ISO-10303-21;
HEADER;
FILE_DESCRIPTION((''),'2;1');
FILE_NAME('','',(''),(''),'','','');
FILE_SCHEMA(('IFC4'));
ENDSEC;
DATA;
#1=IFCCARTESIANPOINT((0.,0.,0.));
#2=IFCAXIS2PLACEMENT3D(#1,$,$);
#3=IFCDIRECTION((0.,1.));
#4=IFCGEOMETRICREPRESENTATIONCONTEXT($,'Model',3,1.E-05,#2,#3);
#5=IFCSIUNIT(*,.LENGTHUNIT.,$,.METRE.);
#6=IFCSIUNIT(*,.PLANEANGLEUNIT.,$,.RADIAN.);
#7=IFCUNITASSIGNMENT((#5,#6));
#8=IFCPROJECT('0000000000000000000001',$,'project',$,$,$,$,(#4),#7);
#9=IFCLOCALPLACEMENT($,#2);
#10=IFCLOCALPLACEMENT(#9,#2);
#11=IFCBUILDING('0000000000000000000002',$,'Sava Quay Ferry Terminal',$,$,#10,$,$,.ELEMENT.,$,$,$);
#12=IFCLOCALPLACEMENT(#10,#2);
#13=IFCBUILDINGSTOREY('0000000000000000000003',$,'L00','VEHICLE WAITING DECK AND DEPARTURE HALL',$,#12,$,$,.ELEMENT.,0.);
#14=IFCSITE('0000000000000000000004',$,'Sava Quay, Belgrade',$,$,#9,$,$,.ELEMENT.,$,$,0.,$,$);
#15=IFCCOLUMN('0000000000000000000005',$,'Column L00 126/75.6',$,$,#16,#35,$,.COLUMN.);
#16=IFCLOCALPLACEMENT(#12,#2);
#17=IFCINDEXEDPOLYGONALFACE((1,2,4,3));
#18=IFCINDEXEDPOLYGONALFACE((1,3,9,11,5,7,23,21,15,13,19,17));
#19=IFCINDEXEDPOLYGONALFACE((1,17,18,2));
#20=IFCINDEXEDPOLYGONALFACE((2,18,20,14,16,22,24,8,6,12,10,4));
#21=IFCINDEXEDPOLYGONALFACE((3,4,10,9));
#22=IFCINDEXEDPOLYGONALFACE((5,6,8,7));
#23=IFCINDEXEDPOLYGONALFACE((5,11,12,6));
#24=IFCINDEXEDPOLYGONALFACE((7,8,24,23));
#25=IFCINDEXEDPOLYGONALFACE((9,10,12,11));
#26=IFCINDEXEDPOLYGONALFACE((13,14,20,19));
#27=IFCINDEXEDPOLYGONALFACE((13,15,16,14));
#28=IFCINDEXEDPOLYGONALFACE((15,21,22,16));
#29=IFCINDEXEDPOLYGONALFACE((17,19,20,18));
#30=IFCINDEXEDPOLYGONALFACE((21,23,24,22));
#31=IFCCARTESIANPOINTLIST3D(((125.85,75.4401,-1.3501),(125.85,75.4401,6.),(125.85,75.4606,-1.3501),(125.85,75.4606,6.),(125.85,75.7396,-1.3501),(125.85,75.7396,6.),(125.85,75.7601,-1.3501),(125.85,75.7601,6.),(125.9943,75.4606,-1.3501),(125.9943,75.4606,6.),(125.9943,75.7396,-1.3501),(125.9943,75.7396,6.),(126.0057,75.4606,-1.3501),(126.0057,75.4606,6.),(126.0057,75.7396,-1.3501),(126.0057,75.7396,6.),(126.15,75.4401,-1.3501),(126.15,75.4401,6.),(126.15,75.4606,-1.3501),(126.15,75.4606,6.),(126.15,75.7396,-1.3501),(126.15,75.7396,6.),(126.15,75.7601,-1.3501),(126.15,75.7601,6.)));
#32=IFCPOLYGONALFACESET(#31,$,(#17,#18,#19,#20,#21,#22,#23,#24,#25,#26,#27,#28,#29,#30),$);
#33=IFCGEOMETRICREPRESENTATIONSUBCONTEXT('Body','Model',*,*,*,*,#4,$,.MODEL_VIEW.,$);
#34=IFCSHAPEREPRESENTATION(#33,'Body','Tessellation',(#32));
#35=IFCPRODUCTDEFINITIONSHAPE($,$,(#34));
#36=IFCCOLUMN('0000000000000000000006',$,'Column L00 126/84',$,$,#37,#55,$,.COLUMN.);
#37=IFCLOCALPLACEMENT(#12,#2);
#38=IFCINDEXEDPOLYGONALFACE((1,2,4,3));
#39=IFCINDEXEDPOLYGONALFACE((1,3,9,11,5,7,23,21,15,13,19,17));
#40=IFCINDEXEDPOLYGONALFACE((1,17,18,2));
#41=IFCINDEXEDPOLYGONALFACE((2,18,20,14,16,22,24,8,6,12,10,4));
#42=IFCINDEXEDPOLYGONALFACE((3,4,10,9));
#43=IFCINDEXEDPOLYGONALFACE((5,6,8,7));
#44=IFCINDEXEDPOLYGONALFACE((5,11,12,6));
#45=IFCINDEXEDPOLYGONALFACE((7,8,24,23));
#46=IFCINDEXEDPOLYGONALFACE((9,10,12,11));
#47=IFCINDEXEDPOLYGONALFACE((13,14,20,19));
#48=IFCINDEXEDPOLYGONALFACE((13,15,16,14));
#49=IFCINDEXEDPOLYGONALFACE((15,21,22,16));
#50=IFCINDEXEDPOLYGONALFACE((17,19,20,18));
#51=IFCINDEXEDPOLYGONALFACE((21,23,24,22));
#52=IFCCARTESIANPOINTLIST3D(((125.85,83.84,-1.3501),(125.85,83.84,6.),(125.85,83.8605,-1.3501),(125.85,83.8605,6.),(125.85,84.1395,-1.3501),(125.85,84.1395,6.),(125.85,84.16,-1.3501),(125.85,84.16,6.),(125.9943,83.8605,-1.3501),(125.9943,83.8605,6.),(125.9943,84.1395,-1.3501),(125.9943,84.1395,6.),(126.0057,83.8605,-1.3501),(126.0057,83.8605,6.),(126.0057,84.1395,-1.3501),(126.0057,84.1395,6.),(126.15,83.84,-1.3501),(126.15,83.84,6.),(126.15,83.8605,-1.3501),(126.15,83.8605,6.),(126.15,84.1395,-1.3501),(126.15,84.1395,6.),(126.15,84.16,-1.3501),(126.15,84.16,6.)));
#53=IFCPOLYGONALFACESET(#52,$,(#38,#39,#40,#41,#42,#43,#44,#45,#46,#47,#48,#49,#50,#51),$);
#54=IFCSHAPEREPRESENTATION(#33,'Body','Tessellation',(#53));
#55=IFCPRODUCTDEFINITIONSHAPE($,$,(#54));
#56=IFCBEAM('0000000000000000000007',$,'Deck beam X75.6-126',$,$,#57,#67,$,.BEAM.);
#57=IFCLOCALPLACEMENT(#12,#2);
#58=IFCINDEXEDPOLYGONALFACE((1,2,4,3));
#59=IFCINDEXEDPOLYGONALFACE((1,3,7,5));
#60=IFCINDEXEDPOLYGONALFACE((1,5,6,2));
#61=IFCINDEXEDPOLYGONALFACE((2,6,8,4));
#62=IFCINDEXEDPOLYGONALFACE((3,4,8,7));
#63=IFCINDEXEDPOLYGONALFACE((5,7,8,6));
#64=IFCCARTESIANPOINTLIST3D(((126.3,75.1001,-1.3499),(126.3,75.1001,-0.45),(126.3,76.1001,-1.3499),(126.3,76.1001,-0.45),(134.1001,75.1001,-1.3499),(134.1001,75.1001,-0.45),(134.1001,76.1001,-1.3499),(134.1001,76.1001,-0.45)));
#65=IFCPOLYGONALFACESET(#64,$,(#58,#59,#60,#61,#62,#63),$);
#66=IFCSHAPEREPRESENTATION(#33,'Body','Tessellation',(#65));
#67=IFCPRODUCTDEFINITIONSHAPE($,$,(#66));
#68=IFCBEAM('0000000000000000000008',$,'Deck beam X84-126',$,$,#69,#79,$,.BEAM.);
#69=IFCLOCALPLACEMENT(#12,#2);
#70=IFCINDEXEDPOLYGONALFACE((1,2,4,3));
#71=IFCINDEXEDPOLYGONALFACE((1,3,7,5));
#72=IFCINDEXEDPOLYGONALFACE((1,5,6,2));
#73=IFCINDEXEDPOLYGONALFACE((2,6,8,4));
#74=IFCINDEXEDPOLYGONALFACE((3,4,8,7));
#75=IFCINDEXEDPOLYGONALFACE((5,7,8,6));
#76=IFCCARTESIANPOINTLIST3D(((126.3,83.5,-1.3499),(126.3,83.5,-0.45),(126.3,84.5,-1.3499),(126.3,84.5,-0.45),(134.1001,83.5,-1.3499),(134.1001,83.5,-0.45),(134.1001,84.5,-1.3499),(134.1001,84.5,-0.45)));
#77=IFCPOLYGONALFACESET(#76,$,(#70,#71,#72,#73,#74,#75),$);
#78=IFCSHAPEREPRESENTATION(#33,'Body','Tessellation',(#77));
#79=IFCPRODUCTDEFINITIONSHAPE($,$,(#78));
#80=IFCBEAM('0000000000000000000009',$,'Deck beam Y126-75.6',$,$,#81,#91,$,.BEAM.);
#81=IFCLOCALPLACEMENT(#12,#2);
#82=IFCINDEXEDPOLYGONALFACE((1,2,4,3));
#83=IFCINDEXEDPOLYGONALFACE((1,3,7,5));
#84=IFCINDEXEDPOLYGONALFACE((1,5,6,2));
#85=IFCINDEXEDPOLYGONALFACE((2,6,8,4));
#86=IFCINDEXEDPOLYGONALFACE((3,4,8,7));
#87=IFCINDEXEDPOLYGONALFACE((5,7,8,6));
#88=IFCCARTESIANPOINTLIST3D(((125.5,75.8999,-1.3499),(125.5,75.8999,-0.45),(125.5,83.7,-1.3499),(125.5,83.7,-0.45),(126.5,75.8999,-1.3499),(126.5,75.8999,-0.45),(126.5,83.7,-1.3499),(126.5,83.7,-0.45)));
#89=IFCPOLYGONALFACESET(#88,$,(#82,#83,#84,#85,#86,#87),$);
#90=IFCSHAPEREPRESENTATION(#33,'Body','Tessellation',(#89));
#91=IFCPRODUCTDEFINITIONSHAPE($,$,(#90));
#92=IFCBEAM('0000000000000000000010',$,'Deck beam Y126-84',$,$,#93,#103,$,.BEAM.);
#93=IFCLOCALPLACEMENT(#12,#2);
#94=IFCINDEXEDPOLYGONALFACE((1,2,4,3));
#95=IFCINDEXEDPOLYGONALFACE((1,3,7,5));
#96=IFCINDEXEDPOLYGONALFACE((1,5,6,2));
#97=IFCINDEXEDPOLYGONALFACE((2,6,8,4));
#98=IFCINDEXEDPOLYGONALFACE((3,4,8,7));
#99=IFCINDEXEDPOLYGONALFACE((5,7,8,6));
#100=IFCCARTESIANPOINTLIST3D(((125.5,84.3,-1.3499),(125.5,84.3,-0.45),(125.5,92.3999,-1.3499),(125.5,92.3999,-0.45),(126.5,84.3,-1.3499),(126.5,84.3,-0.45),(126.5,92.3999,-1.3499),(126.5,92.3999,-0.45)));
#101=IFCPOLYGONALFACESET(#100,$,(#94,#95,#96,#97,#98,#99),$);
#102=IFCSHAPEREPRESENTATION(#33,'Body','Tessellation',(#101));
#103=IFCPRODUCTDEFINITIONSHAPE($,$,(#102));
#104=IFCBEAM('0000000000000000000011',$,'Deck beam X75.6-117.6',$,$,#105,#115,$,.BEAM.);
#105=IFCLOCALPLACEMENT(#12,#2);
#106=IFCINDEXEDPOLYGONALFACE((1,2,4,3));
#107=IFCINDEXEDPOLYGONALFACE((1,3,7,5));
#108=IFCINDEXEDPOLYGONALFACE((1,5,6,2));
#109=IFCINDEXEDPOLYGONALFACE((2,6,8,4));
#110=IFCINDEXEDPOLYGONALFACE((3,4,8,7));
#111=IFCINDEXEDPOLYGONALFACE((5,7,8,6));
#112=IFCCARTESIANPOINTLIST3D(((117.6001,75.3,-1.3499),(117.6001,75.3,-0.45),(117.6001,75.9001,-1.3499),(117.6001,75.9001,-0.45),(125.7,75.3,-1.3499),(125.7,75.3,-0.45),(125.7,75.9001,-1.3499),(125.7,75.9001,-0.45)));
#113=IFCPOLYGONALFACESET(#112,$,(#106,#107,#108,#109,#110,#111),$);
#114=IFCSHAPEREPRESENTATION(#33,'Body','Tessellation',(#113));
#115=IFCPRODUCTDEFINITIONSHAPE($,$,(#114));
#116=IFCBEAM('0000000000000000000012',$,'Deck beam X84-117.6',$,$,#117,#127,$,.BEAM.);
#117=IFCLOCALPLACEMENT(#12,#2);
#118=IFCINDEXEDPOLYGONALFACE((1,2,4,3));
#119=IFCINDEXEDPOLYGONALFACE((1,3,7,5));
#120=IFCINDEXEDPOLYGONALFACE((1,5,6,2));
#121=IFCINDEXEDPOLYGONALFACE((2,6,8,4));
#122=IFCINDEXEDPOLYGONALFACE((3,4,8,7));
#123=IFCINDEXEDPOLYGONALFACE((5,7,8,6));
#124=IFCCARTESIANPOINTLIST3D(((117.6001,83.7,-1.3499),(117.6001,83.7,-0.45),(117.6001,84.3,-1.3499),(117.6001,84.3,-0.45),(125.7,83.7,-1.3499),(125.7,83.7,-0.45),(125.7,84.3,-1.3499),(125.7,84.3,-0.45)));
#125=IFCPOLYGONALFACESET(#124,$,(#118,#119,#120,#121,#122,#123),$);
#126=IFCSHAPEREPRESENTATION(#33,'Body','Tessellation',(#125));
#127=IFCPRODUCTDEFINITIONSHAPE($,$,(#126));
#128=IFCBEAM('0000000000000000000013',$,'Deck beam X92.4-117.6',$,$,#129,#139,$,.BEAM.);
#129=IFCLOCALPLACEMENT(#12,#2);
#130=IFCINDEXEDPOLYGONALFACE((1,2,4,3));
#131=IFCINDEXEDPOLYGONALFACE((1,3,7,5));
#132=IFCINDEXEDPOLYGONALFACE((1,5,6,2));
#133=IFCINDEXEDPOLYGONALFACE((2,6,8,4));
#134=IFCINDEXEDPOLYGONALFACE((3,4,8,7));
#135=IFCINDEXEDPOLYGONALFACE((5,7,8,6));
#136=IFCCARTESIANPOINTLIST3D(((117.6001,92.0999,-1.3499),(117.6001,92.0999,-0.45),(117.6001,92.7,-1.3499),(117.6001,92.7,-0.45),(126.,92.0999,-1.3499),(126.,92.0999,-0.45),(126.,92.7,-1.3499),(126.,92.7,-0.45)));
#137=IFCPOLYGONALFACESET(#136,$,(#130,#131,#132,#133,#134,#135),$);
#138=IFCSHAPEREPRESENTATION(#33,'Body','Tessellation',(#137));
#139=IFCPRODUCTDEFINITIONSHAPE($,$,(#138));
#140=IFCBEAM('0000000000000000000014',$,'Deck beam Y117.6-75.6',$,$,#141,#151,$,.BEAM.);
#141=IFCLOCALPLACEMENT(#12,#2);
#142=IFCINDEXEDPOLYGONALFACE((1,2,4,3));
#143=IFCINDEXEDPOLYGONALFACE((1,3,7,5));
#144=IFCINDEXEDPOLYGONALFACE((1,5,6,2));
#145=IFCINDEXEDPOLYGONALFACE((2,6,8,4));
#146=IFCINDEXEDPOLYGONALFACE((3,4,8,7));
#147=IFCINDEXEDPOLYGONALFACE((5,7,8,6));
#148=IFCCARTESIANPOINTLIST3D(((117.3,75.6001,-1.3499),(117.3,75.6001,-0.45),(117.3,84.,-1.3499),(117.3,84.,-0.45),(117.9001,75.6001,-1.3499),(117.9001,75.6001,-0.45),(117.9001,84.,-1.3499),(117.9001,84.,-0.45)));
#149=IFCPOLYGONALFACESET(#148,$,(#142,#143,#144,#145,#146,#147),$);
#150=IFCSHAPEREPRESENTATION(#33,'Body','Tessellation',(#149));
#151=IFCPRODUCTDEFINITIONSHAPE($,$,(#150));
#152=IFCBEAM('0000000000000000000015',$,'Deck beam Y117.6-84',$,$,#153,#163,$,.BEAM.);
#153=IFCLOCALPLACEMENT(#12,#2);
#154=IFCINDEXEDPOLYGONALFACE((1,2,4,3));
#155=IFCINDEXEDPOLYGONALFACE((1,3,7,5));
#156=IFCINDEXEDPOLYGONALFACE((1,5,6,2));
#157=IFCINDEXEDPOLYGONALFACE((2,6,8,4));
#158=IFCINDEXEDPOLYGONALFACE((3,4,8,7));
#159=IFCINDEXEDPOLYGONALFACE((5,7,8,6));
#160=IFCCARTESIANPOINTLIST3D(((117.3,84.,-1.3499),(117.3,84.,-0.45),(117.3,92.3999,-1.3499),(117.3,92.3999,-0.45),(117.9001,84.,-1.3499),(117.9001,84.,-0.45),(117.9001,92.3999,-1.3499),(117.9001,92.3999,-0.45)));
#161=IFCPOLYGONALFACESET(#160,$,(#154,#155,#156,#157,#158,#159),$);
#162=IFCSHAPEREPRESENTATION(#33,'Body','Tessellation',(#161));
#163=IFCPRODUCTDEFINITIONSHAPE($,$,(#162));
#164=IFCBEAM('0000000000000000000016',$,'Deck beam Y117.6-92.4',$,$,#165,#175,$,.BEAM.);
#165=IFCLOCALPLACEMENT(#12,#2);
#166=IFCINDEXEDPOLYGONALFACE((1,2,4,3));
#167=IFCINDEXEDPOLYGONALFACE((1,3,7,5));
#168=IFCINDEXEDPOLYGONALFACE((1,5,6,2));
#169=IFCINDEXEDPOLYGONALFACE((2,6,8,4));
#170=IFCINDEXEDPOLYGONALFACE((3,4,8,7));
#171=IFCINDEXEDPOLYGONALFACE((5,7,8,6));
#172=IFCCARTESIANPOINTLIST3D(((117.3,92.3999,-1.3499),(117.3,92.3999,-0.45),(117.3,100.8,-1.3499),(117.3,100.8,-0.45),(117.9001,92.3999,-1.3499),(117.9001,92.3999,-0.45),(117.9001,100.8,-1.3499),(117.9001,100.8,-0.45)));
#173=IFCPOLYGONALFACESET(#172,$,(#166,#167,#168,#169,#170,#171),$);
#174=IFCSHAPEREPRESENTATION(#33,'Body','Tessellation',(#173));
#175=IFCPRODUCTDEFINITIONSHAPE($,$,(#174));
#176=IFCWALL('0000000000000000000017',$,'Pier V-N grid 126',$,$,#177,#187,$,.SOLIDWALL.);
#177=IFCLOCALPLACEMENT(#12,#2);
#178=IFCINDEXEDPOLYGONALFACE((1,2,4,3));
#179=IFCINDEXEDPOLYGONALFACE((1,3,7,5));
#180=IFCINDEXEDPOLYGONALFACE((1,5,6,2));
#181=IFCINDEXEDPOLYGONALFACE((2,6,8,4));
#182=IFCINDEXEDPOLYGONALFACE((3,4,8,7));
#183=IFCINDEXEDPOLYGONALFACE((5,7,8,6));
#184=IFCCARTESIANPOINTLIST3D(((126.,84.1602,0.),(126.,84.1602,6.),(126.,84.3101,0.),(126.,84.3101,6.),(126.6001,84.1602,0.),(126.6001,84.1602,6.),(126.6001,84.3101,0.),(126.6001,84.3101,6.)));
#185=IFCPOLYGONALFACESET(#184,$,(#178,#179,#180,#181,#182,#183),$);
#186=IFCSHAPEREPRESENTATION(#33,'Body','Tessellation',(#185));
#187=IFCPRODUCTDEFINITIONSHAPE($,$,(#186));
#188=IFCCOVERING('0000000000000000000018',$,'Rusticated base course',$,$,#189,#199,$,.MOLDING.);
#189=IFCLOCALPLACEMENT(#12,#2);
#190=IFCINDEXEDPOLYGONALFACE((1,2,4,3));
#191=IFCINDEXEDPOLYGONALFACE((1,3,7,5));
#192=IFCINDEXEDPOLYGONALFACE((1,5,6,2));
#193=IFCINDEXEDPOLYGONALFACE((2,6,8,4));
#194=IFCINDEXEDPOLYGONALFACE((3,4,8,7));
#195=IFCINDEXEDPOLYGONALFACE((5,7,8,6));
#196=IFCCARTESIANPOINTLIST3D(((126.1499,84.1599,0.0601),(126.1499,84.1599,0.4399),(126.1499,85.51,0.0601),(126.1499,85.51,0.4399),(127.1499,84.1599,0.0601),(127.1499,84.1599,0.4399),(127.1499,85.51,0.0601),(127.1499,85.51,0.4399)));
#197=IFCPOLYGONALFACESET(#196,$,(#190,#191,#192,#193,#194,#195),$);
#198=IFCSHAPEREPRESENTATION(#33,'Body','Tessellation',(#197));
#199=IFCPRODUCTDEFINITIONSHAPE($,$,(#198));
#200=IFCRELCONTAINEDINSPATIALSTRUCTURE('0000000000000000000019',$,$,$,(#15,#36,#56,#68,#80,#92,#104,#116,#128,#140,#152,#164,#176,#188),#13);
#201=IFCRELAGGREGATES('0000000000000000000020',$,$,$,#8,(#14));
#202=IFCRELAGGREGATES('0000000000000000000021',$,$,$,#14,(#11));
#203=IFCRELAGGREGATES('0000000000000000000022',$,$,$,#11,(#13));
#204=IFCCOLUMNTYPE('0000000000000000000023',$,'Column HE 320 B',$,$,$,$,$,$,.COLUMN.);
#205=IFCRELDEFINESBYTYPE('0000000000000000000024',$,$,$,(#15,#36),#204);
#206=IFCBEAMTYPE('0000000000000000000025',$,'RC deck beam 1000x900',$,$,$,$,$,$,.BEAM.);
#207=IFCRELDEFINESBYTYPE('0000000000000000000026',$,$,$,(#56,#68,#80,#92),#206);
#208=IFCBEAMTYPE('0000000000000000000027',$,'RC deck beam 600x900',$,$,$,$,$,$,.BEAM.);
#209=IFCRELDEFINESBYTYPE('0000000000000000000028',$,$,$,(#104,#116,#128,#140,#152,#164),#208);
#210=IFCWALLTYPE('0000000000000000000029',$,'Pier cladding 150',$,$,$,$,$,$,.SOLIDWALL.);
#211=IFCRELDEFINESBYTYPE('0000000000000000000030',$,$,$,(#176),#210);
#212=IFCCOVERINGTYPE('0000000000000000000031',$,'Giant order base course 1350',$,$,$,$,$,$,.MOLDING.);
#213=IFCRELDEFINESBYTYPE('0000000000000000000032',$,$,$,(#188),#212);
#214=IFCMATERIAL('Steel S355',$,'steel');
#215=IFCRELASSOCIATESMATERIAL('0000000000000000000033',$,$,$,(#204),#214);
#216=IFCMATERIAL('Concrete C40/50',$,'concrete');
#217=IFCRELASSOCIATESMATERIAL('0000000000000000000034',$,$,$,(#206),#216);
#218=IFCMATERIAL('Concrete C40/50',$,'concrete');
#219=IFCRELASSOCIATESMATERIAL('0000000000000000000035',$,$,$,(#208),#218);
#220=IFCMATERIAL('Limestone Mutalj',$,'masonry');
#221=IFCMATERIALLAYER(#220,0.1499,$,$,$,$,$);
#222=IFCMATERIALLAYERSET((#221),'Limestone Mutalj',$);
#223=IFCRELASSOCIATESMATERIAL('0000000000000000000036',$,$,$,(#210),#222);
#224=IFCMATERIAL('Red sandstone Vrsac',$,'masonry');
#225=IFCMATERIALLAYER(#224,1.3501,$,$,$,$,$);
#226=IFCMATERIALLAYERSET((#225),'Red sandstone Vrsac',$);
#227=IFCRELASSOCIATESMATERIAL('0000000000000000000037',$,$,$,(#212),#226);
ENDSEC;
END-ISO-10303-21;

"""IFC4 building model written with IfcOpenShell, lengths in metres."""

from ifc_helpers import new_model, si_unit, direction, frame, frame_2d, origin, origin_2d, place, context, subcontext, project, spatial, rectangle, i_section, extrude, material, layer, layer_set, material_profile, profile_set, type_object, element, save


model = new_model("IFC4")

# Units and contexts
model_context = context("Model", 3, precision=1e-05, world=origin(), true_north=direction((0.0, 1.0)))
body_context = subcontext(model_context, "Body", "Model", "MODEL_VIEW")
ifc_project = project(units=[si_unit("LENGTHUNIT", "METRE"), si_unit("PLANEANGLEUNIT", "RADIAN")], contexts=[model_context])

# Site, building, storey
site_placement = place(None, origin())
site = spatial("IfcSite", under=ifc_project, at=site_placement, Name="Sava Quay, Belgrade", CompositionType="ELEMENT", RefElevation=0.0)
building_placement = place(site_placement, origin())
building = spatial("IfcBuilding", under=site, at=building_placement, Name="Sava Quay Ferry Terminal", CompositionType="ELEMENT")
storey_placement = place(building_placement, origin())
storey = spatial("IfcBuildingStorey", under=building, at=storey_placement, Name="L00", Description="VEHICLE WAITING DECK AND DEPARTURE HALL", CompositionType="ELEMENT", Elevation=0.0)

# Columns
ifc_material_1 = material(Name="Steel S355", Category="steel")
ifc_material_profile_1 = material_profile(ifc_material_1, i_section(OverallWidth=0.3, OverallDepth=0.3201, WebThickness=0.0115, FlangeThickness=0.0205, at=origin_2d()), Name="HE 320 B")
ifc_profile_set_1 = profile_set([ifc_material_profile_1], Name="Steel S355")
column_type = type_object("IfcColumnType", Name="Column HE 320 B", PredefinedType="COLUMN", material=ifc_profile_set_1)
for number, where, z_axis, x_axis, name in (
    (1, (126.0, 75.6001, -1.3501), (0.0, 0.0, 1.0), (1.0, 0.0, 0.0), "Column L00 126/75.6"),
    (2, (126.0, 84.0, -1.3501), (0.0, 0.0, 1.0), (1.0, 0.0, 0.0), "Column L00 126/84"),
):
    element("IfcColumn", number, at=place(storey_placement, frame(where, z_axis=z_axis, x_axis=x_axis)), inside=storey, type_object=column_type, Name=name, PredefinedType="COLUMN", context=body_context, shape_type="SweptSolid", body=[
        extrude(i_section(OverallWidth=0.3, OverallDepth=0.3201, WebThickness=0.0115, FlangeThickness=0.0205, at=origin_2d()), origin(), (0.0, 0.0, 1.0), 7.3501),
    ])

# Beams
ifc_material_2 = material(Name="Concrete C40/50", Category="concrete")
ifc_material_profile_2 = material_profile(ifc_material_2, rectangle(XDim=1.0, YDim=0.8999, at=origin_2d()), Name="RC 1000x900")
ifc_profile_set_2 = profile_set([ifc_material_profile_2], Name="Concrete C40/50")
beam_type_1 = type_object("IfcBeamType", Name="RC deck beam 1000x900", PredefinedType="BEAM", material=ifc_profile_set_2)
for number, where, z_axis, x_axis, name in (
    (3, (126.3, 75.6001, -0.8999), (1.0, 0.0, 0.0), (0.0, 1.0, 0.0), "Deck beam X75.6-126"),
    (4, (126.3, 84.0, -0.8999), (1.0, 0.0, 0.0), (0.0, 1.0, 0.0), "Deck beam X84-126"),
    (5, (126.0, 75.8999, -0.8999), (0.0, 1.0, 0.0), (-1.0, 0.0, 0.0), "Deck beam Y126-75.6"),
):
    element("IfcBeam", number, at=place(storey_placement, frame(where, z_axis=z_axis, x_axis=x_axis)), inside=storey, type_object=beam_type_1, Name=name, PredefinedType="BEAM", context=body_context, shape_type="SweptSolid", body=[
        extrude(rectangle(XDim=1.0, YDim=0.8999, at=origin_2d()), origin(), (0.0, 0.0, 1.0), 7.8),
    ])
beam_1_placement = place(storey_placement, frame((126.0, 84.3, -0.8999), z_axis=(0.0, 1.0, 0.0), x_axis=(-1.0, 0.0, 0.0)))
element("IfcBeam", 6, at=beam_1_placement, inside=storey, type_object=beam_type_1, Name="Deck beam Y126-84", PredefinedType="BEAM", context=body_context, shape_type="SweptSolid", body=[
    extrude(rectangle(XDim=1.0, YDim=0.8999, at=origin_2d()), origin(), (0.0, 0.0, 1.0), 8.0999),
])
ifc_material_3 = material(Name="Concrete C40/50", Category="concrete")
ifc_material_profile_3 = material_profile(ifc_material_3, rectangle(XDim=0.6001, YDim=0.8999, at=origin_2d()), Name="RC 600x900")
ifc_profile_set_3 = profile_set([ifc_material_profile_3], Name="Concrete C40/50")
beam_type_2 = type_object("IfcBeamType", Name="RC deck beam 600x900", PredefinedType="BEAM", material=ifc_profile_set_3)
for number, where, z_axis, x_axis, name in (
    (7, (117.6001, 75.6001, -0.8999), (1.0, 0.0, 0.0), (0.0, 1.0, 0.0), "Deck beam X75.6-117.6"),
    (8, (117.6001, 84.0, -0.8999), (1.0, 0.0, 0.0), (0.0, 1.0, 0.0), "Deck beam X84-117.6"),
):
    element("IfcBeam", number, at=place(storey_placement, frame(where, z_axis=z_axis, x_axis=x_axis)), inside=storey, type_object=beam_type_2, Name=name, PredefinedType="BEAM", context=body_context, shape_type="SweptSolid", body=[
        extrude(rectangle(XDim=0.6001, YDim=0.8999, at=origin_2d()), origin(), (0.0, 0.0, 1.0), 8.0999),
    ])
for number, where, z_axis, x_axis, name in (
    (9, (117.6001, 92.3999, -0.8999), (1.0, 0.0, 0.0), (0.0, 1.0, 0.0), "Deck beam X92.4-117.6"),
    (10, (117.6001, 75.6001, -0.8999), (0.0, 1.0, 0.0), (-1.0, 0.0, 0.0), "Deck beam Y117.6-75.6"),
    (11, (117.6001, 84.0, -0.8999), (0.0, 1.0, 0.0), (-1.0, 0.0, 0.0), "Deck beam Y117.6-84"),
):
    element("IfcBeam", number, at=place(storey_placement, frame(where, z_axis=z_axis, x_axis=x_axis)), inside=storey, type_object=beam_type_2, Name=name, PredefinedType="BEAM", context=body_context, shape_type="SweptSolid", body=[
        extrude(rectangle(XDim=0.6001, YDim=0.8999, at=origin_2d()), origin(), (0.0, 0.0, 1.0), 8.3999),
    ])
beam_2_placement = place(storey_placement, frame((117.6001, 92.3999, -0.8999), z_axis=(0.0, 1.0, 0.0), x_axis=(-1.0, 0.0, 0.0)))
element("IfcBeam", 12, at=beam_2_placement, inside=storey, type_object=beam_type_2, Name="Deck beam Y117.6-92.4", PredefinedType="BEAM", context=body_context, shape_type="SweptSolid", body=[
    extrude(rectangle(XDim=0.6001, YDim=0.8999, at=origin_2d()), origin(), (0.0, 0.0, 1.0), 8.4001),
])

# Wall
ifc_material_4 = material(Name="Limestone Mutalj", Category="masonry")
ifc_layer_1 = layer(ifc_material_4, 0.1499)
ifc_layer_set_1 = layer_set([ifc_layer_1], Name="Limestone Mutalj")
wall_type_1 = type_object("IfcWallType", Name="Pier cladding 150", PredefinedType="SOLIDWALL", material=ifc_layer_set_1)
wall_1_placement = place(storey_placement, frame((126.0, 84.2351, 0.0), z_axis=(0.0, 0.0, 1.0), x_axis=(1.0, 0.0, 0.0)))
element("IfcWall", 13, at=wall_1_placement, inside=storey, type_object=wall_type_1, Name="Pier V-N grid 126", PredefinedType="SOLIDWALL", context=body_context, shape_type="SweptSolid", body=[
    extrude(rectangle(XDim=0.6001, YDim=0.1499, at=frame_2d((0.3, 0.0))), origin(), (0.0, 0.0, 1.0), 6.0),
])

# Covering
ifc_material_5 = material(Name="Red sandstone Vrsac", Category="masonry")
ifc_layer_2 = layer(ifc_material_5, 1.3501)
ifc_layer_set_2 = layer_set([ifc_layer_2], Name="Red sandstone Vrsac")
covering_type_1 = type_object("IfcCoveringType", Name="Giant order base course 1350", PredefinedType="MOLDING", material=ifc_layer_set_2)
covering_1_placement = place(storey_placement, frame((126.6499, 84.835, 0.0601), z_axis=(0.0, 0.0, 1.0), x_axis=(1.0, 0.0, 0.0)))
element("IfcCovering", 14, at=covering_1_placement, inside=storey, type_object=covering_type_1, Name="Rusticated base course", PredefinedType="MOLDING", context=body_context, shape_type="SweptSolid", body=[
    extrude(rectangle(XDim=1.0, YDim=1.3501, at=origin_2d()), origin(), (0.0, 0.0, 1.0), 0.3799),
])

save(model, "model.ifc")
